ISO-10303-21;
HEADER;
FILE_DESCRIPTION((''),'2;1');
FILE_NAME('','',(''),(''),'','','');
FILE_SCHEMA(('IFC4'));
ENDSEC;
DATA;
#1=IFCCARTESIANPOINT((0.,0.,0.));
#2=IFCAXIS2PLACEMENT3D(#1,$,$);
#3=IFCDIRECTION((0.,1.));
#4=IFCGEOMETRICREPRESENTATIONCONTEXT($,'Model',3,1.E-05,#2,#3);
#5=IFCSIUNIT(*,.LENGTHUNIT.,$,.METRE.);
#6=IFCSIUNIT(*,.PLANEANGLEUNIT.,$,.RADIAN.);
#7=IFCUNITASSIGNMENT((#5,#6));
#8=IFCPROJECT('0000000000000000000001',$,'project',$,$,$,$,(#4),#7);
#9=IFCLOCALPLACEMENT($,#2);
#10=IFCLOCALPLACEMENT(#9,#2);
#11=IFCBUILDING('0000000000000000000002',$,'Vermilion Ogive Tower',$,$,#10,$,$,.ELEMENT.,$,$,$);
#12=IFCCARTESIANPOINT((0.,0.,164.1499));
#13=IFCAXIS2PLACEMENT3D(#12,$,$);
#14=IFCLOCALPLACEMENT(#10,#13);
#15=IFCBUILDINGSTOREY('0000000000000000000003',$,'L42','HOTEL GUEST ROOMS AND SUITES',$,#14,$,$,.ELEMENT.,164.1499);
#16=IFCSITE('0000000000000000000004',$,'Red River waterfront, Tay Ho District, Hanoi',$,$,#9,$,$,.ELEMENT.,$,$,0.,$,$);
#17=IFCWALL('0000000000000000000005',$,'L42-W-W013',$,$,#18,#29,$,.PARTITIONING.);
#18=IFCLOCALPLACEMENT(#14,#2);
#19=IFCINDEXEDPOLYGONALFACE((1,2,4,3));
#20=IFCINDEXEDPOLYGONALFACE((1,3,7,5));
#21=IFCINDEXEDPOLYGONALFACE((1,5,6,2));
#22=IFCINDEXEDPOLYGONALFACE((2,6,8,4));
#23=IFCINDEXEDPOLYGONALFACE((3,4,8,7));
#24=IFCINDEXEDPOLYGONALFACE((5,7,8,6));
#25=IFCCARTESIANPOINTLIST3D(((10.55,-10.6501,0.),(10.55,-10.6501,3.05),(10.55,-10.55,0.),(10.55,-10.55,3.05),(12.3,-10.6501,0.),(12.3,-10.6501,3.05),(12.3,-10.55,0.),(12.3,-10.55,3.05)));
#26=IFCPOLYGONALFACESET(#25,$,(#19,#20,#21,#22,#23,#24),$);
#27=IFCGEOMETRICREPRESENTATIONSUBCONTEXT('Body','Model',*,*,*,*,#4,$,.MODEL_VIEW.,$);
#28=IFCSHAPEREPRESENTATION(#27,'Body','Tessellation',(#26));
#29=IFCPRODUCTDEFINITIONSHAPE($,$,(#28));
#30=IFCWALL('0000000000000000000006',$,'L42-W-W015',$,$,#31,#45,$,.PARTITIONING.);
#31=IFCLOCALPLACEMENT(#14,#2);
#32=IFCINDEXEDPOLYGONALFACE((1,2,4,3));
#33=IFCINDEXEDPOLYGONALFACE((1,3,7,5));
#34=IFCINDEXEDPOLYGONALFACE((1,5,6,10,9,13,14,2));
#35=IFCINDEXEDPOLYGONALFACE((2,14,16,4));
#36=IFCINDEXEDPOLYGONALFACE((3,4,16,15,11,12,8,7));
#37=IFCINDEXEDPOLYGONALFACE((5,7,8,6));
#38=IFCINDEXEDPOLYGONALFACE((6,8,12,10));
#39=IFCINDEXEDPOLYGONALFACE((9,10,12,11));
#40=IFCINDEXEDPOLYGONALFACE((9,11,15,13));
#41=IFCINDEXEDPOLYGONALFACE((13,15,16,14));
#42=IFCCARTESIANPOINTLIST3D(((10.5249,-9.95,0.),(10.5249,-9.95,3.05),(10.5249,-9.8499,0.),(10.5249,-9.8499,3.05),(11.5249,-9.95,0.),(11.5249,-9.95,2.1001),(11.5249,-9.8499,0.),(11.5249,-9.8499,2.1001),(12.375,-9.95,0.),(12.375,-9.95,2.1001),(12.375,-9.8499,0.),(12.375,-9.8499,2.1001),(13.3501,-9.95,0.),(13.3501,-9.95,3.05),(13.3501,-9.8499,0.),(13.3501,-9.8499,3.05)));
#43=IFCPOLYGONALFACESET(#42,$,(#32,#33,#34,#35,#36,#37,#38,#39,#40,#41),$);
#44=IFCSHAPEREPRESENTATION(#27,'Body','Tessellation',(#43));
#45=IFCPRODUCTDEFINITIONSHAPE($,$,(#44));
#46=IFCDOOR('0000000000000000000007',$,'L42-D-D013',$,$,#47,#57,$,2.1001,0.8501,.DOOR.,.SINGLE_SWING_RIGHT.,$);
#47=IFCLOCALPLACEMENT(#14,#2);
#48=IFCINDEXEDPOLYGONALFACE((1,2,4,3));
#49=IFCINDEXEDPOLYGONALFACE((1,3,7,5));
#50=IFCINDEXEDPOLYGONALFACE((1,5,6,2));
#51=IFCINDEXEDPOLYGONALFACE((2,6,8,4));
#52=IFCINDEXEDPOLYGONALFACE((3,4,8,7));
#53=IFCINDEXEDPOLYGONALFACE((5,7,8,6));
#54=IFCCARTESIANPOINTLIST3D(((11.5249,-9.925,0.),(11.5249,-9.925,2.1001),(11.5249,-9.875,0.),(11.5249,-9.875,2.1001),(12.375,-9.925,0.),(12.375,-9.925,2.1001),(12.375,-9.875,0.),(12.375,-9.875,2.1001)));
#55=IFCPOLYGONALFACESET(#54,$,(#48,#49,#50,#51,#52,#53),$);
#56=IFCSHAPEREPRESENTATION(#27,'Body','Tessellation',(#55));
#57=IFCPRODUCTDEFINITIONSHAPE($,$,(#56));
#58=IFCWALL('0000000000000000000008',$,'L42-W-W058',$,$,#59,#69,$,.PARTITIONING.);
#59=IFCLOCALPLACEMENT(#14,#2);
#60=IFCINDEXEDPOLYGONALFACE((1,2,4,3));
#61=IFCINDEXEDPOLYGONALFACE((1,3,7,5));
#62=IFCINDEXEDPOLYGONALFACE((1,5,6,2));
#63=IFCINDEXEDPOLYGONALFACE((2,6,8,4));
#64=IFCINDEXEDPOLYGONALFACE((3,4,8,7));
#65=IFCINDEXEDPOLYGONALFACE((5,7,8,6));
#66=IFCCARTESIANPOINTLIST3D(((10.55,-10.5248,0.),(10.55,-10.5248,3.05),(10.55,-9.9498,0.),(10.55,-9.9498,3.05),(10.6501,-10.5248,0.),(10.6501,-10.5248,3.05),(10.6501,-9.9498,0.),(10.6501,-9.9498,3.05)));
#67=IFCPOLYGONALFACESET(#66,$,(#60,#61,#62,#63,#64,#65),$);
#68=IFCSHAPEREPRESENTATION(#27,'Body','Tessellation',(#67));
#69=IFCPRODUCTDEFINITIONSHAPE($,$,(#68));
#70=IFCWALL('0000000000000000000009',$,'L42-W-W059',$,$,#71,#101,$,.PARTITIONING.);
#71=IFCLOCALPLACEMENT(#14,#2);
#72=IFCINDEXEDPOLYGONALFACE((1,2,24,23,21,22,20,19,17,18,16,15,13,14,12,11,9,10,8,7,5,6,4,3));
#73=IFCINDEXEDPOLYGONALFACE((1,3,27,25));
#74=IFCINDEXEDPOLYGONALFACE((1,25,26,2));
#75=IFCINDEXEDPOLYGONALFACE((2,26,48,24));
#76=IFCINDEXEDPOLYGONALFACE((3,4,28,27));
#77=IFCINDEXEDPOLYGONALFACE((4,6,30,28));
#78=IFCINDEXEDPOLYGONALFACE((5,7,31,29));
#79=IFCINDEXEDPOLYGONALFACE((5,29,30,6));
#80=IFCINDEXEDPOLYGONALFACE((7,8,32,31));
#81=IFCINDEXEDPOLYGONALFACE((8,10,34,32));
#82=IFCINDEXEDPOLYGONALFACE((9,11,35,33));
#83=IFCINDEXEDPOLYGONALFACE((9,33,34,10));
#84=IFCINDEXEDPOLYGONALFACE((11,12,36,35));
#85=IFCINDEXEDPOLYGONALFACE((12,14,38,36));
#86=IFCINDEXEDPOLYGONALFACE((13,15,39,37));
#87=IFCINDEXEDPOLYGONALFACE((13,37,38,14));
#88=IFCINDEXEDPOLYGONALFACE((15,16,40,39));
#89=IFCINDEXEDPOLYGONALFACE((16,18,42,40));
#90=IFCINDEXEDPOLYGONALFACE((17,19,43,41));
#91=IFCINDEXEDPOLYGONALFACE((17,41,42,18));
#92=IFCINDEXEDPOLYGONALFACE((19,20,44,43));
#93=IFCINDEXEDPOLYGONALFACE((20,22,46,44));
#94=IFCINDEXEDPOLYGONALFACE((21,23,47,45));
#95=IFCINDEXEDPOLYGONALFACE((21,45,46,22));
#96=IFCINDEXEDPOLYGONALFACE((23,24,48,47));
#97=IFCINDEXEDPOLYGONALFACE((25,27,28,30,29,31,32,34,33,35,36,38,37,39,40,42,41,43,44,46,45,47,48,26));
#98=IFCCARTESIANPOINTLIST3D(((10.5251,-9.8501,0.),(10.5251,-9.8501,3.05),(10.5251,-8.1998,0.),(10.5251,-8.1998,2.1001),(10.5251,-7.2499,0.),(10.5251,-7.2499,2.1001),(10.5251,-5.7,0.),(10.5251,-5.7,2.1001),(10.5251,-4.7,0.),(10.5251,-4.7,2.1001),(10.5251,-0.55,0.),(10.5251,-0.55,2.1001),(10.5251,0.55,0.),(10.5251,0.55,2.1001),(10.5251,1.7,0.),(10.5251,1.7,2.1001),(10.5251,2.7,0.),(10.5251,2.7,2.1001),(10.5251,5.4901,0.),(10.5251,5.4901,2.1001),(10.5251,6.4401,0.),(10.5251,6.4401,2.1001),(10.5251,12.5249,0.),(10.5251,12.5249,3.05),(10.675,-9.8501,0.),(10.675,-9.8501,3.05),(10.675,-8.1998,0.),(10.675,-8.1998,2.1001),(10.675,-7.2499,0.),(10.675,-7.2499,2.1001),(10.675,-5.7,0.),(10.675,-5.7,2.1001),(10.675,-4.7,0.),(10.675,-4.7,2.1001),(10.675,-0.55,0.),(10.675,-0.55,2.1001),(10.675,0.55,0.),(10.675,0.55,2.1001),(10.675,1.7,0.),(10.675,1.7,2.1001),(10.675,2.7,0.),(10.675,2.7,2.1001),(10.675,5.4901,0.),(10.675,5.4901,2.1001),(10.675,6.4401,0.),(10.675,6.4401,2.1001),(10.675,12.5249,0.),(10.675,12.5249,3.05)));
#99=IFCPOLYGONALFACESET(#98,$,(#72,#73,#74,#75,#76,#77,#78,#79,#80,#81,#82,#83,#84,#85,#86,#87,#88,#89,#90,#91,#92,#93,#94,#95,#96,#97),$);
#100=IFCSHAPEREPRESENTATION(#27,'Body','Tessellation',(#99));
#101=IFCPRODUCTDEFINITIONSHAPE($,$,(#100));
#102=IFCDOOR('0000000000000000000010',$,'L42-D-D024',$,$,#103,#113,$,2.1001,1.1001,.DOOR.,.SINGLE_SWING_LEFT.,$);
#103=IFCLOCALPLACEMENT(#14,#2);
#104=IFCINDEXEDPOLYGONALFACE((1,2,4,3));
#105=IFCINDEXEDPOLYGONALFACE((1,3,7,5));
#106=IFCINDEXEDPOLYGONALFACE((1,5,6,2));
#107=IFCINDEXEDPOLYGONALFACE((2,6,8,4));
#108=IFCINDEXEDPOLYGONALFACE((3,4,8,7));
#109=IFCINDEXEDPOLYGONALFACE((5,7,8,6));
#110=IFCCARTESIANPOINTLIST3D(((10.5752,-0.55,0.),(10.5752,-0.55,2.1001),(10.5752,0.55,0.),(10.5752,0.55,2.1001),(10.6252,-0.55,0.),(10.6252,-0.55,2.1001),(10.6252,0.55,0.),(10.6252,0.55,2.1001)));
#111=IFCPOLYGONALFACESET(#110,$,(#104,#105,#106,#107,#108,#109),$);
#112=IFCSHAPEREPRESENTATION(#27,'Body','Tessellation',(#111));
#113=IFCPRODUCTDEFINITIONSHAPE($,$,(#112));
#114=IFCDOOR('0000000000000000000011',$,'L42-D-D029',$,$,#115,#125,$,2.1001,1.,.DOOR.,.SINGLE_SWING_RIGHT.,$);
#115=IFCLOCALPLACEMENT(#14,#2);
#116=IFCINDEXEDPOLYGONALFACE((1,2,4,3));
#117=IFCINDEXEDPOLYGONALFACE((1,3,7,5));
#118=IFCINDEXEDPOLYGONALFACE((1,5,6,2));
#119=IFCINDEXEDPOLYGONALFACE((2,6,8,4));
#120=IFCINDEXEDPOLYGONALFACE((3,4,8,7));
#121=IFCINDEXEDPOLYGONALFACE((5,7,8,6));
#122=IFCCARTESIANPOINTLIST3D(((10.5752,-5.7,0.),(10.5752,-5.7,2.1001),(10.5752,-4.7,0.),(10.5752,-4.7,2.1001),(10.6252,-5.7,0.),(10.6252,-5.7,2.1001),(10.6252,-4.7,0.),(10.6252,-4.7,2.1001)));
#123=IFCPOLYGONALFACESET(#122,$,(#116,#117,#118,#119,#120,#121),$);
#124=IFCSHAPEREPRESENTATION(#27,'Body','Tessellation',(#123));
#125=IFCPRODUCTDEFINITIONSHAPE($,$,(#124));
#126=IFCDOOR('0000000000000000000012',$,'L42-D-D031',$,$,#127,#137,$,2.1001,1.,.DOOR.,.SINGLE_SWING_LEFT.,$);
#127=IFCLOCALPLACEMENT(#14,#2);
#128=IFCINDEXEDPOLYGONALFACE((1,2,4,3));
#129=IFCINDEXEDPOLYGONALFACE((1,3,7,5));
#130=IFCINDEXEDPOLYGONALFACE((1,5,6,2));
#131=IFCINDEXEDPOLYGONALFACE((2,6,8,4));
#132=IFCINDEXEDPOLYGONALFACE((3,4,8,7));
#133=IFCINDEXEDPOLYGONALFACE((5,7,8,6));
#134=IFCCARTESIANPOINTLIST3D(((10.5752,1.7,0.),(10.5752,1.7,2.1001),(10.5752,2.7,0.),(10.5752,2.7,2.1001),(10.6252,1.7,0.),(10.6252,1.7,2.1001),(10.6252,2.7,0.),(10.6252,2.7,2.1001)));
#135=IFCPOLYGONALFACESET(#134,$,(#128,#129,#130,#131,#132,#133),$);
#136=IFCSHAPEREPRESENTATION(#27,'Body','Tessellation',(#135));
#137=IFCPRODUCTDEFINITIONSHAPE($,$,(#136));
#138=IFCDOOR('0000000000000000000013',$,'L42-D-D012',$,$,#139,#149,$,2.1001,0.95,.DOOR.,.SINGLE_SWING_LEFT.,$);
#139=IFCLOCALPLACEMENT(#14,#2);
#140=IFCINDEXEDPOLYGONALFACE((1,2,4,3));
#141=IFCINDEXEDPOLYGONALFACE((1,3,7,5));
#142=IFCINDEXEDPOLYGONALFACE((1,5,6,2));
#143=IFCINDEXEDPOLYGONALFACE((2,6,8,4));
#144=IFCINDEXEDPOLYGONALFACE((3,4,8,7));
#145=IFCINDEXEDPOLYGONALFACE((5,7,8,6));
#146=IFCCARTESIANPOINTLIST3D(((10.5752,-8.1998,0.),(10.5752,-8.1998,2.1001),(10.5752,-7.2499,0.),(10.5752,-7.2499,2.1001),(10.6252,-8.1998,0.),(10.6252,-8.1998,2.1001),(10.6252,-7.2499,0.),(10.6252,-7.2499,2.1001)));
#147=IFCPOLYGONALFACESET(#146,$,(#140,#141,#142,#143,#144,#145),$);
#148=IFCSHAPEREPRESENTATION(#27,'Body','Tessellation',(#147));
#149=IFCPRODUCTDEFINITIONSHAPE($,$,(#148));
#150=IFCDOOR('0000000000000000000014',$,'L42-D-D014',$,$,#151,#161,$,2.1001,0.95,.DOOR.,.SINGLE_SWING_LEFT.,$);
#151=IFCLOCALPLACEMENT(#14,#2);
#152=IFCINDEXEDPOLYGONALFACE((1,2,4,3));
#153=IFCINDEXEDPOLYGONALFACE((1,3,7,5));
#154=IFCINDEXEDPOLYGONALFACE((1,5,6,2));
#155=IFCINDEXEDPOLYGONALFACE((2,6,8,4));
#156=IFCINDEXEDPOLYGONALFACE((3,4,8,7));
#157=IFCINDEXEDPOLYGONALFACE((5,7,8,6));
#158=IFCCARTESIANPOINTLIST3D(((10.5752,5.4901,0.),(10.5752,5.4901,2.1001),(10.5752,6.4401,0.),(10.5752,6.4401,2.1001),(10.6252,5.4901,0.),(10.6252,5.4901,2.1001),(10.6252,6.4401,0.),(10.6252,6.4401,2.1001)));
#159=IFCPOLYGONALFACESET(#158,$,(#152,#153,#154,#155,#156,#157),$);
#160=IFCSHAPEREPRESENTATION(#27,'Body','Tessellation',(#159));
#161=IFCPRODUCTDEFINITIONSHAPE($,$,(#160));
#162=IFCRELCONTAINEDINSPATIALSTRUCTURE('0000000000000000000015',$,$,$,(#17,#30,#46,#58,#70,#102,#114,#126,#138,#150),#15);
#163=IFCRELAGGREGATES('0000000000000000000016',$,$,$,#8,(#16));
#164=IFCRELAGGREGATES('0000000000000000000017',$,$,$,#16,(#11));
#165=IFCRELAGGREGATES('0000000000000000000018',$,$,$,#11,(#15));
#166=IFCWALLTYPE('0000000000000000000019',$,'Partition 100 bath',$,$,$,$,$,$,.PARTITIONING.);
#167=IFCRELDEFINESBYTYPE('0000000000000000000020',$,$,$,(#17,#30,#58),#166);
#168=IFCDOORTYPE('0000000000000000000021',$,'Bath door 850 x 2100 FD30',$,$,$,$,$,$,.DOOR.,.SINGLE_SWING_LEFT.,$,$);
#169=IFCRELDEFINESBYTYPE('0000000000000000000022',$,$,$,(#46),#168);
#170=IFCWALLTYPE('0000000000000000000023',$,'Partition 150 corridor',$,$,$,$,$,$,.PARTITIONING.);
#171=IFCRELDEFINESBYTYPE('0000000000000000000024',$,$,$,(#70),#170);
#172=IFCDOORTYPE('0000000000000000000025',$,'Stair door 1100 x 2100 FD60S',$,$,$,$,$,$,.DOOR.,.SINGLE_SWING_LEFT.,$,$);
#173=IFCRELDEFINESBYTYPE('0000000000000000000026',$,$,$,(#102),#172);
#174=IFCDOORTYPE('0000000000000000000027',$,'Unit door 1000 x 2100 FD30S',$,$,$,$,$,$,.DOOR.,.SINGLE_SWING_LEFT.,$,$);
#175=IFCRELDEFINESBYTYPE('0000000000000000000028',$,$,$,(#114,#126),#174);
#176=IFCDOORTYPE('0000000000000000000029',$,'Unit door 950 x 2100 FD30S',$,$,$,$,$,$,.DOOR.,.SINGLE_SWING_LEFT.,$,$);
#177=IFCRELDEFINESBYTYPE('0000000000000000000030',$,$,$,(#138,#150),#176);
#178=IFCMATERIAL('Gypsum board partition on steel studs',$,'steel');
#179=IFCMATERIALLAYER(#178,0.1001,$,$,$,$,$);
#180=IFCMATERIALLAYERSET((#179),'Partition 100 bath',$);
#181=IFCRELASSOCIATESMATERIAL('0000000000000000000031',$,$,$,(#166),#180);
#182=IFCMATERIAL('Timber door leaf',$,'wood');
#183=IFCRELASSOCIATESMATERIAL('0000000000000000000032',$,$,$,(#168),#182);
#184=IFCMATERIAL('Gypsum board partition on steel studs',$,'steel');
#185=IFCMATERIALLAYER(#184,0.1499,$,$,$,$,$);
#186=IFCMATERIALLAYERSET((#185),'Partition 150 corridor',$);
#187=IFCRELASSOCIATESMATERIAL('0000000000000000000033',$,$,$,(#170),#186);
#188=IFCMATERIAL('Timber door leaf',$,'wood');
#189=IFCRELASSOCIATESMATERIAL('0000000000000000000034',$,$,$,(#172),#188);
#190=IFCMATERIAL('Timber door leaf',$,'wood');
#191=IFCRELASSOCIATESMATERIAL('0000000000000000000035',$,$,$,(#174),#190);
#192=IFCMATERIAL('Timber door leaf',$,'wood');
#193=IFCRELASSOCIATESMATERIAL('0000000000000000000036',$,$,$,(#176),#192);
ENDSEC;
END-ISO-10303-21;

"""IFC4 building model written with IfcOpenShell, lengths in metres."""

from ifc_helpers import new_model, si_unit, direction, frame, frame_2d, origin, place, context, subcontext, project, spatial, rectangle, extrude, material, layer, layer_set, type_object, element, fill, save


model = new_model("IFC4")

# Units and contexts
model_context = context("Model", 3, precision=1e-05, world=origin(), true_north=direction((0.0, 1.0)))
body_context = subcontext(model_context, "Body", "Model", "MODEL_VIEW")
ifc_project = project(units=[si_unit("LENGTHUNIT", "METRE"), si_unit("PLANEANGLEUNIT", "RADIAN")], contexts=[model_context])

# Site, building, storey
site_placement = place(None, origin())
site = spatial("IfcSite", under=ifc_project, at=site_placement, Name="Red River waterfront, Tay Ho District, Hanoi", CompositionType="ELEMENT", RefElevation=0.0)
building_placement = place(site_placement, origin())
building = spatial("IfcBuilding", under=site, at=building_placement, Name="Vermilion Ogive Tower", CompositionType="ELEMENT")
storey_placement = place(building_placement, frame((0.0, 0.0, 164.1499)))
storey = spatial("IfcBuildingStorey", under=building, at=storey_placement, Name="L42", Description="HOTEL GUEST ROOMS AND SUITES", CompositionType="ELEMENT", Elevation=164.1499)

# Wall
ifc_material_1 = material(Name="Gypsum board partition on steel studs", Category="steel")
ifc_layer_1 = layer(ifc_material_1, 0.1001)
ifc_layer_set_1 = layer_set([ifc_layer_1], Name="Partition 100 bath")
wall_type_1 = type_object("IfcWallType", Name="Partition 100 bath", PredefinedType="PARTITIONING", material=ifc_layer_set_1)
wall_1_placement = place(storey_placement, frame((10.55, -10.6001, 0.0), z_axis=(0.0, 0.0, 1.0), x_axis=(1.0, 0.0, 0.0)))
element("IfcWall", 1, at=wall_1_placement, inside=storey, type_object=wall_type_1, Name="L42-W-W013", PredefinedType="PARTITIONING", context=body_context, shape_type="SweptSolid", body=[
    extrude(rectangle(XDim=1.75, YDim=0.1001, at=frame_2d((0.875, 0.0))), origin(), (0.0, 0.0, 1.0), 3.05),
])

# Wall, opening, door
wall_2_placement = place(storey_placement, frame((10.5249, -9.8999, 0.0), z_axis=(0.0, 0.0, 1.0), x_axis=(1.0, 0.0, 0.0)))
wall_2 = element("IfcWall", 2, at=wall_2_placement, inside=storey, type_object=wall_type_1, Name="L42-W-W015", PredefinedType="PARTITIONING", context=body_context, shape_type="SweptSolid", body=[
    extrude(rectangle(XDim=2.8252, YDim=0.1001, at=frame_2d((1.4126, 0.0))), origin(), (0.0, 0.0, 1.0), 3.05),
])
opening_1_placement = place(wall_2_placement, frame((1.0, 0.0, 0.0)))
opening_1 = element("IfcOpeningElement", 3, at=opening_1_placement, cuts=wall_2, PredefinedType="OPENING", context=body_context, shape_type="SweptSolid", body=[
    extrude(rectangle(XDim=0.8501, YDim=2.1001, at=frame_2d((0.425, 1.05))), frame((0.0, 0.0601, 0.0), z_axis=(0.0, -1.0, 0.0), x_axis=(1.0, 0.0, 0.0)), (0.0, 0.0, 1.0), 0.1201),
])
ifc_material_2 = material(Name="Timber door leaf", Category="wood")
door_type_1 = type_object("IfcDoorType", Name="Bath door 850 x 2100 FD30", OperationType="SINGLE_SWING_LEFT", PredefinedType="DOOR", material=ifc_material_2)
door_1_placement = place(opening_1_placement, origin())
door_1 = element("IfcDoor", 4, at=door_1_placement, inside=storey, type_object=door_type_1, Name="L42-D-D013", OperationType="SINGLE_SWING_RIGHT", OverallHeight=2.1001, OverallWidth=0.8501, PredefinedType="DOOR", context=body_context, shape_type="SweptSolid", body=[
    extrude(rectangle(XDim=0.8501, YDim=2.1001, at=frame_2d((0.425, 1.05))), frame((0.0, 0.0249, 0.0), z_axis=(0.0, -1.0, 0.0), x_axis=(1.0, 0.0, 0.0)), (0.0, 0.0, 1.0), 0.05),
])
fill(opening_1, door_1)

# Wall
wall_3_placement = place(storey_placement, frame((10.6001, -10.5249, 0.0), z_axis=(0.0, 0.0, 1.0), x_axis=(0.0, 1.0, 0.0)))
element("IfcWall", 5, at=wall_3_placement, inside=storey, type_object=wall_type_1, Name="L42-W-W058", PredefinedType="PARTITIONING", context=body_context, shape_type="SweptSolid", body=[
    extrude(rectangle(XDim=0.575, YDim=0.1001, at=frame_2d((0.2876, 0.0))), origin(), (0.0, 0.0, 1.0), 3.05),
])

# Wall, openings, doors
ifc_material_3 = material(Name="Gypsum board partition on steel studs", Category="steel")
ifc_layer_2 = layer(ifc_material_3, 0.1499)
ifc_layer_set_2 = layer_set([ifc_layer_2], Name="Partition 150 corridor")
wall_type_2 = type_object("IfcWallType", Name="Partition 150 corridor", PredefinedType="PARTITIONING", material=ifc_layer_set_2)
wall_4_placement = place(storey_placement, frame((10.6001, -9.8501, 0.0), z_axis=(0.0, 0.0, 1.0), x_axis=(0.0, 1.0, 0.0)))
wall_4 = element("IfcWall", 6, at=wall_4_placement, inside=storey, type_object=wall_type_2, Name="L42-W-W059", PredefinedType="PARTITIONING", context=body_context, shape_type="SweptSolid", body=[
    extrude(rectangle(XDim=22.375, YDim=0.1499, at=frame_2d((11.1875, 0.0))), origin(), (0.0, 0.0, 1.0), 3.05),
])
opening_2_placement = place(wall_4_placement, frame((1.6501, 0.0, 0.0)))
opening_2 = element("IfcOpeningElement", 7, at=opening_2_placement, cuts=wall_4, PredefinedType="OPENING", context=body_context, shape_type="SweptSolid", body=[
    extrude(rectangle(XDim=0.95, YDim=2.1001, at=frame_2d((0.4751, 1.05))), frame((0.0, 0.085, 0.0), z_axis=(0.0, -1.0, 0.0), x_axis=(1.0, 0.0, 0.0)), (0.0, 0.0, 1.0), 0.1699),
])
opening_3_placement = place(wall_4_placement, frame((15.3401, 0.0, 0.0)))
opening_3 = element("IfcOpeningElement", 8, at=opening_3_placement, cuts=wall_4, PredefinedType="OPENING", context=body_context, shape_type="SweptSolid", body=[
    extrude(rectangle(XDim=0.95, YDim=2.1001, at=frame_2d((0.4751, 1.05))), frame((0.0, 0.085, 0.0), z_axis=(0.0, -1.0, 0.0), x_axis=(1.0, 0.0, 0.0)), (0.0, 0.0, 1.0), 0.1699),
])
opening_4_placement = place(wall_4_placement, frame((9.3, 0.0, 0.0)))
opening_4 = element("IfcOpeningElement", 9, at=opening_4_placement, cuts=wall_4, PredefinedType="OPENING", context=body_context, shape_type="SweptSolid", body=[
    extrude(rectangle(XDim=1.1001, YDim=2.1001, at=frame_2d((0.55, 1.05))), frame((0.0, 0.085, 0.0), z_axis=(0.0, -1.0, 0.0), x_axis=(1.0, 0.0, 0.0)), (0.0, 0.0, 1.0), 0.1699),
])
opening_5_placement = place(wall_4_placement, frame((4.1501, 0.0, 0.0)))
opening_5 = element("IfcOpeningElement", 10, at=opening_5_placement, cuts=wall_4, PredefinedType="OPENING", context=body_context, shape_type="SweptSolid", body=[
    extrude(rectangle(XDim=1.0, YDim=2.1001, at=frame_2d((0.5, 1.05))), frame((0.0, 0.085, 0.0), z_axis=(0.0, -1.0, 0.0), x_axis=(1.0, 0.0, 0.0)), (0.0, 0.0, 1.0), 0.1699),
])
opening_6_placement = place(wall_4_placement, frame((11.55, 0.0, 0.0)))
opening_6 = element("IfcOpeningElement", 11, at=opening_6_placement, cuts=wall_4, PredefinedType="OPENING", context=body_context, shape_type="SweptSolid", body=[
    extrude(rectangle(XDim=1.0, YDim=2.1001, at=frame_2d((0.5, 1.05))), frame((0.0, 0.085, 0.0), z_axis=(0.0, -1.0, 0.0), x_axis=(1.0, 0.0, 0.0)), (0.0, 0.0, 1.0), 0.1699),
])
ifc_material_4 = material(Name="Timber door leaf", Category="wood")
door_type_2 = type_object("IfcDoorType", Name="Stair door 1100 x 2100 FD60S", OperationType="SINGLE_SWING_LEFT", PredefinedType="DOOR", material=ifc_material_4)
door_2_placement = place(opening_4_placement, origin())
door_2 = element("IfcDoor", 12, at=door_2_placement, inside=storey, type_object=door_type_2, Name="L42-D-D024", OperationType="SINGLE_SWING_LEFT", OverallHeight=2.1001, OverallWidth=1.1001, PredefinedType="DOOR", context=body_context, shape_type="SweptSolid", body=[
    extrude(rectangle(XDim=1.1001, YDim=2.1001, at=frame_2d((0.55, 1.05))), frame((0.0, 0.0249, 0.0), z_axis=(0.0, -1.0, 0.0), x_axis=(1.0, 0.0, 0.0)), (0.0, 0.0, 1.0), 0.05),
])
fill(opening_4, door_2)
ifc_material_5 = material(Name="Timber door leaf", Category="wood")
door_type_3 = type_object("IfcDoorType", Name="Unit door 1000 x 2100 FD30S", OperationType="SINGLE_SWING_LEFT", PredefinedType="DOOR", material=ifc_material_5)
door_3_placement = place(opening_5_placement, origin())
door_3 = element("IfcDoor", 13, at=door_3_placement, inside=storey, type_object=door_type_3, Name="L42-D-D029", OperationType="SINGLE_SWING_RIGHT", OverallHeight=2.1001, OverallWidth=1.0, PredefinedType="DOOR", context=body_context, shape_type="SweptSolid", body=[
    extrude(rectangle(XDim=1.0, YDim=2.1001, at=frame_2d((0.5, 1.05))), frame((0.0, 0.0249, 0.0), z_axis=(0.0, -1.0, 0.0), x_axis=(1.0, 0.0, 0.0)), (0.0, 0.0, 1.0), 0.05),
])
fill(opening_5, door_3)
door_4_placement = place(opening_6_placement, origin())
door_4 = element("IfcDoor", 14, at=door_4_placement, inside=storey, type_object=door_type_3, Name="L42-D-D031", OperationType="SINGLE_SWING_LEFT", OverallHeight=2.1001, OverallWidth=1.0, PredefinedType="DOOR", context=body_context, shape_type="SweptSolid", body=[
    extrude(rectangle(XDim=1.0, YDim=2.1001, at=frame_2d((0.5, 1.05))), frame((0.0, 0.0249, 0.0), z_axis=(0.0, -1.0, 0.0), x_axis=(1.0, 0.0, 0.0)), (0.0, 0.0, 1.0), 0.05),
])
fill(opening_6, door_4)
ifc_material_6 = material(Name="Timber door leaf", Category="wood")
door_type_4 = type_object("IfcDoorType", Name="Unit door 950 x 2100 FD30S", OperationType="SINGLE_SWING_LEFT", PredefinedType="DOOR", material=ifc_material_6)
door_5_placement = place(opening_2_placement, origin())
door_5 = element("IfcDoor", 15, at=door_5_placement, inside=storey, type_object=door_type_4, Name="L42-D-D012", OperationType="SINGLE_SWING_LEFT", OverallHeight=2.1001, OverallWidth=0.95, PredefinedType="DOOR", context=body_context, shape_type="SweptSolid", body=[
    extrude(rectangle(XDim=0.95, YDim=2.1001, at=frame_2d((0.4751, 1.05))), frame((0.0, 0.0249, 0.0), z_axis=(0.0, -1.0, 0.0), x_axis=(1.0, 0.0, 0.0)), (0.0, 0.0, 1.0), 0.05),
])
fill(opening_2, door_5)
door_6_placement = place(opening_3_placement, origin())
door_6 = element("IfcDoor", 16, at=door_6_placement, inside=storey, type_object=door_type_4, Name="L42-D-D014", OperationType="SINGLE_SWING_LEFT", OverallHeight=2.1001, OverallWidth=0.95, PredefinedType="DOOR", context=body_context, shape_type="SweptSolid", body=[
    extrude(rectangle(XDim=0.95, YDim=2.1001, at=frame_2d((0.4751, 1.05))), frame((0.0, 0.0249, 0.0), z_axis=(0.0, -1.0, 0.0), x_axis=(1.0, 0.0, 0.0)), (0.0, 0.0, 1.0), 0.05),
])
fill(opening_3, door_6)

save(model, "model.ifc")
